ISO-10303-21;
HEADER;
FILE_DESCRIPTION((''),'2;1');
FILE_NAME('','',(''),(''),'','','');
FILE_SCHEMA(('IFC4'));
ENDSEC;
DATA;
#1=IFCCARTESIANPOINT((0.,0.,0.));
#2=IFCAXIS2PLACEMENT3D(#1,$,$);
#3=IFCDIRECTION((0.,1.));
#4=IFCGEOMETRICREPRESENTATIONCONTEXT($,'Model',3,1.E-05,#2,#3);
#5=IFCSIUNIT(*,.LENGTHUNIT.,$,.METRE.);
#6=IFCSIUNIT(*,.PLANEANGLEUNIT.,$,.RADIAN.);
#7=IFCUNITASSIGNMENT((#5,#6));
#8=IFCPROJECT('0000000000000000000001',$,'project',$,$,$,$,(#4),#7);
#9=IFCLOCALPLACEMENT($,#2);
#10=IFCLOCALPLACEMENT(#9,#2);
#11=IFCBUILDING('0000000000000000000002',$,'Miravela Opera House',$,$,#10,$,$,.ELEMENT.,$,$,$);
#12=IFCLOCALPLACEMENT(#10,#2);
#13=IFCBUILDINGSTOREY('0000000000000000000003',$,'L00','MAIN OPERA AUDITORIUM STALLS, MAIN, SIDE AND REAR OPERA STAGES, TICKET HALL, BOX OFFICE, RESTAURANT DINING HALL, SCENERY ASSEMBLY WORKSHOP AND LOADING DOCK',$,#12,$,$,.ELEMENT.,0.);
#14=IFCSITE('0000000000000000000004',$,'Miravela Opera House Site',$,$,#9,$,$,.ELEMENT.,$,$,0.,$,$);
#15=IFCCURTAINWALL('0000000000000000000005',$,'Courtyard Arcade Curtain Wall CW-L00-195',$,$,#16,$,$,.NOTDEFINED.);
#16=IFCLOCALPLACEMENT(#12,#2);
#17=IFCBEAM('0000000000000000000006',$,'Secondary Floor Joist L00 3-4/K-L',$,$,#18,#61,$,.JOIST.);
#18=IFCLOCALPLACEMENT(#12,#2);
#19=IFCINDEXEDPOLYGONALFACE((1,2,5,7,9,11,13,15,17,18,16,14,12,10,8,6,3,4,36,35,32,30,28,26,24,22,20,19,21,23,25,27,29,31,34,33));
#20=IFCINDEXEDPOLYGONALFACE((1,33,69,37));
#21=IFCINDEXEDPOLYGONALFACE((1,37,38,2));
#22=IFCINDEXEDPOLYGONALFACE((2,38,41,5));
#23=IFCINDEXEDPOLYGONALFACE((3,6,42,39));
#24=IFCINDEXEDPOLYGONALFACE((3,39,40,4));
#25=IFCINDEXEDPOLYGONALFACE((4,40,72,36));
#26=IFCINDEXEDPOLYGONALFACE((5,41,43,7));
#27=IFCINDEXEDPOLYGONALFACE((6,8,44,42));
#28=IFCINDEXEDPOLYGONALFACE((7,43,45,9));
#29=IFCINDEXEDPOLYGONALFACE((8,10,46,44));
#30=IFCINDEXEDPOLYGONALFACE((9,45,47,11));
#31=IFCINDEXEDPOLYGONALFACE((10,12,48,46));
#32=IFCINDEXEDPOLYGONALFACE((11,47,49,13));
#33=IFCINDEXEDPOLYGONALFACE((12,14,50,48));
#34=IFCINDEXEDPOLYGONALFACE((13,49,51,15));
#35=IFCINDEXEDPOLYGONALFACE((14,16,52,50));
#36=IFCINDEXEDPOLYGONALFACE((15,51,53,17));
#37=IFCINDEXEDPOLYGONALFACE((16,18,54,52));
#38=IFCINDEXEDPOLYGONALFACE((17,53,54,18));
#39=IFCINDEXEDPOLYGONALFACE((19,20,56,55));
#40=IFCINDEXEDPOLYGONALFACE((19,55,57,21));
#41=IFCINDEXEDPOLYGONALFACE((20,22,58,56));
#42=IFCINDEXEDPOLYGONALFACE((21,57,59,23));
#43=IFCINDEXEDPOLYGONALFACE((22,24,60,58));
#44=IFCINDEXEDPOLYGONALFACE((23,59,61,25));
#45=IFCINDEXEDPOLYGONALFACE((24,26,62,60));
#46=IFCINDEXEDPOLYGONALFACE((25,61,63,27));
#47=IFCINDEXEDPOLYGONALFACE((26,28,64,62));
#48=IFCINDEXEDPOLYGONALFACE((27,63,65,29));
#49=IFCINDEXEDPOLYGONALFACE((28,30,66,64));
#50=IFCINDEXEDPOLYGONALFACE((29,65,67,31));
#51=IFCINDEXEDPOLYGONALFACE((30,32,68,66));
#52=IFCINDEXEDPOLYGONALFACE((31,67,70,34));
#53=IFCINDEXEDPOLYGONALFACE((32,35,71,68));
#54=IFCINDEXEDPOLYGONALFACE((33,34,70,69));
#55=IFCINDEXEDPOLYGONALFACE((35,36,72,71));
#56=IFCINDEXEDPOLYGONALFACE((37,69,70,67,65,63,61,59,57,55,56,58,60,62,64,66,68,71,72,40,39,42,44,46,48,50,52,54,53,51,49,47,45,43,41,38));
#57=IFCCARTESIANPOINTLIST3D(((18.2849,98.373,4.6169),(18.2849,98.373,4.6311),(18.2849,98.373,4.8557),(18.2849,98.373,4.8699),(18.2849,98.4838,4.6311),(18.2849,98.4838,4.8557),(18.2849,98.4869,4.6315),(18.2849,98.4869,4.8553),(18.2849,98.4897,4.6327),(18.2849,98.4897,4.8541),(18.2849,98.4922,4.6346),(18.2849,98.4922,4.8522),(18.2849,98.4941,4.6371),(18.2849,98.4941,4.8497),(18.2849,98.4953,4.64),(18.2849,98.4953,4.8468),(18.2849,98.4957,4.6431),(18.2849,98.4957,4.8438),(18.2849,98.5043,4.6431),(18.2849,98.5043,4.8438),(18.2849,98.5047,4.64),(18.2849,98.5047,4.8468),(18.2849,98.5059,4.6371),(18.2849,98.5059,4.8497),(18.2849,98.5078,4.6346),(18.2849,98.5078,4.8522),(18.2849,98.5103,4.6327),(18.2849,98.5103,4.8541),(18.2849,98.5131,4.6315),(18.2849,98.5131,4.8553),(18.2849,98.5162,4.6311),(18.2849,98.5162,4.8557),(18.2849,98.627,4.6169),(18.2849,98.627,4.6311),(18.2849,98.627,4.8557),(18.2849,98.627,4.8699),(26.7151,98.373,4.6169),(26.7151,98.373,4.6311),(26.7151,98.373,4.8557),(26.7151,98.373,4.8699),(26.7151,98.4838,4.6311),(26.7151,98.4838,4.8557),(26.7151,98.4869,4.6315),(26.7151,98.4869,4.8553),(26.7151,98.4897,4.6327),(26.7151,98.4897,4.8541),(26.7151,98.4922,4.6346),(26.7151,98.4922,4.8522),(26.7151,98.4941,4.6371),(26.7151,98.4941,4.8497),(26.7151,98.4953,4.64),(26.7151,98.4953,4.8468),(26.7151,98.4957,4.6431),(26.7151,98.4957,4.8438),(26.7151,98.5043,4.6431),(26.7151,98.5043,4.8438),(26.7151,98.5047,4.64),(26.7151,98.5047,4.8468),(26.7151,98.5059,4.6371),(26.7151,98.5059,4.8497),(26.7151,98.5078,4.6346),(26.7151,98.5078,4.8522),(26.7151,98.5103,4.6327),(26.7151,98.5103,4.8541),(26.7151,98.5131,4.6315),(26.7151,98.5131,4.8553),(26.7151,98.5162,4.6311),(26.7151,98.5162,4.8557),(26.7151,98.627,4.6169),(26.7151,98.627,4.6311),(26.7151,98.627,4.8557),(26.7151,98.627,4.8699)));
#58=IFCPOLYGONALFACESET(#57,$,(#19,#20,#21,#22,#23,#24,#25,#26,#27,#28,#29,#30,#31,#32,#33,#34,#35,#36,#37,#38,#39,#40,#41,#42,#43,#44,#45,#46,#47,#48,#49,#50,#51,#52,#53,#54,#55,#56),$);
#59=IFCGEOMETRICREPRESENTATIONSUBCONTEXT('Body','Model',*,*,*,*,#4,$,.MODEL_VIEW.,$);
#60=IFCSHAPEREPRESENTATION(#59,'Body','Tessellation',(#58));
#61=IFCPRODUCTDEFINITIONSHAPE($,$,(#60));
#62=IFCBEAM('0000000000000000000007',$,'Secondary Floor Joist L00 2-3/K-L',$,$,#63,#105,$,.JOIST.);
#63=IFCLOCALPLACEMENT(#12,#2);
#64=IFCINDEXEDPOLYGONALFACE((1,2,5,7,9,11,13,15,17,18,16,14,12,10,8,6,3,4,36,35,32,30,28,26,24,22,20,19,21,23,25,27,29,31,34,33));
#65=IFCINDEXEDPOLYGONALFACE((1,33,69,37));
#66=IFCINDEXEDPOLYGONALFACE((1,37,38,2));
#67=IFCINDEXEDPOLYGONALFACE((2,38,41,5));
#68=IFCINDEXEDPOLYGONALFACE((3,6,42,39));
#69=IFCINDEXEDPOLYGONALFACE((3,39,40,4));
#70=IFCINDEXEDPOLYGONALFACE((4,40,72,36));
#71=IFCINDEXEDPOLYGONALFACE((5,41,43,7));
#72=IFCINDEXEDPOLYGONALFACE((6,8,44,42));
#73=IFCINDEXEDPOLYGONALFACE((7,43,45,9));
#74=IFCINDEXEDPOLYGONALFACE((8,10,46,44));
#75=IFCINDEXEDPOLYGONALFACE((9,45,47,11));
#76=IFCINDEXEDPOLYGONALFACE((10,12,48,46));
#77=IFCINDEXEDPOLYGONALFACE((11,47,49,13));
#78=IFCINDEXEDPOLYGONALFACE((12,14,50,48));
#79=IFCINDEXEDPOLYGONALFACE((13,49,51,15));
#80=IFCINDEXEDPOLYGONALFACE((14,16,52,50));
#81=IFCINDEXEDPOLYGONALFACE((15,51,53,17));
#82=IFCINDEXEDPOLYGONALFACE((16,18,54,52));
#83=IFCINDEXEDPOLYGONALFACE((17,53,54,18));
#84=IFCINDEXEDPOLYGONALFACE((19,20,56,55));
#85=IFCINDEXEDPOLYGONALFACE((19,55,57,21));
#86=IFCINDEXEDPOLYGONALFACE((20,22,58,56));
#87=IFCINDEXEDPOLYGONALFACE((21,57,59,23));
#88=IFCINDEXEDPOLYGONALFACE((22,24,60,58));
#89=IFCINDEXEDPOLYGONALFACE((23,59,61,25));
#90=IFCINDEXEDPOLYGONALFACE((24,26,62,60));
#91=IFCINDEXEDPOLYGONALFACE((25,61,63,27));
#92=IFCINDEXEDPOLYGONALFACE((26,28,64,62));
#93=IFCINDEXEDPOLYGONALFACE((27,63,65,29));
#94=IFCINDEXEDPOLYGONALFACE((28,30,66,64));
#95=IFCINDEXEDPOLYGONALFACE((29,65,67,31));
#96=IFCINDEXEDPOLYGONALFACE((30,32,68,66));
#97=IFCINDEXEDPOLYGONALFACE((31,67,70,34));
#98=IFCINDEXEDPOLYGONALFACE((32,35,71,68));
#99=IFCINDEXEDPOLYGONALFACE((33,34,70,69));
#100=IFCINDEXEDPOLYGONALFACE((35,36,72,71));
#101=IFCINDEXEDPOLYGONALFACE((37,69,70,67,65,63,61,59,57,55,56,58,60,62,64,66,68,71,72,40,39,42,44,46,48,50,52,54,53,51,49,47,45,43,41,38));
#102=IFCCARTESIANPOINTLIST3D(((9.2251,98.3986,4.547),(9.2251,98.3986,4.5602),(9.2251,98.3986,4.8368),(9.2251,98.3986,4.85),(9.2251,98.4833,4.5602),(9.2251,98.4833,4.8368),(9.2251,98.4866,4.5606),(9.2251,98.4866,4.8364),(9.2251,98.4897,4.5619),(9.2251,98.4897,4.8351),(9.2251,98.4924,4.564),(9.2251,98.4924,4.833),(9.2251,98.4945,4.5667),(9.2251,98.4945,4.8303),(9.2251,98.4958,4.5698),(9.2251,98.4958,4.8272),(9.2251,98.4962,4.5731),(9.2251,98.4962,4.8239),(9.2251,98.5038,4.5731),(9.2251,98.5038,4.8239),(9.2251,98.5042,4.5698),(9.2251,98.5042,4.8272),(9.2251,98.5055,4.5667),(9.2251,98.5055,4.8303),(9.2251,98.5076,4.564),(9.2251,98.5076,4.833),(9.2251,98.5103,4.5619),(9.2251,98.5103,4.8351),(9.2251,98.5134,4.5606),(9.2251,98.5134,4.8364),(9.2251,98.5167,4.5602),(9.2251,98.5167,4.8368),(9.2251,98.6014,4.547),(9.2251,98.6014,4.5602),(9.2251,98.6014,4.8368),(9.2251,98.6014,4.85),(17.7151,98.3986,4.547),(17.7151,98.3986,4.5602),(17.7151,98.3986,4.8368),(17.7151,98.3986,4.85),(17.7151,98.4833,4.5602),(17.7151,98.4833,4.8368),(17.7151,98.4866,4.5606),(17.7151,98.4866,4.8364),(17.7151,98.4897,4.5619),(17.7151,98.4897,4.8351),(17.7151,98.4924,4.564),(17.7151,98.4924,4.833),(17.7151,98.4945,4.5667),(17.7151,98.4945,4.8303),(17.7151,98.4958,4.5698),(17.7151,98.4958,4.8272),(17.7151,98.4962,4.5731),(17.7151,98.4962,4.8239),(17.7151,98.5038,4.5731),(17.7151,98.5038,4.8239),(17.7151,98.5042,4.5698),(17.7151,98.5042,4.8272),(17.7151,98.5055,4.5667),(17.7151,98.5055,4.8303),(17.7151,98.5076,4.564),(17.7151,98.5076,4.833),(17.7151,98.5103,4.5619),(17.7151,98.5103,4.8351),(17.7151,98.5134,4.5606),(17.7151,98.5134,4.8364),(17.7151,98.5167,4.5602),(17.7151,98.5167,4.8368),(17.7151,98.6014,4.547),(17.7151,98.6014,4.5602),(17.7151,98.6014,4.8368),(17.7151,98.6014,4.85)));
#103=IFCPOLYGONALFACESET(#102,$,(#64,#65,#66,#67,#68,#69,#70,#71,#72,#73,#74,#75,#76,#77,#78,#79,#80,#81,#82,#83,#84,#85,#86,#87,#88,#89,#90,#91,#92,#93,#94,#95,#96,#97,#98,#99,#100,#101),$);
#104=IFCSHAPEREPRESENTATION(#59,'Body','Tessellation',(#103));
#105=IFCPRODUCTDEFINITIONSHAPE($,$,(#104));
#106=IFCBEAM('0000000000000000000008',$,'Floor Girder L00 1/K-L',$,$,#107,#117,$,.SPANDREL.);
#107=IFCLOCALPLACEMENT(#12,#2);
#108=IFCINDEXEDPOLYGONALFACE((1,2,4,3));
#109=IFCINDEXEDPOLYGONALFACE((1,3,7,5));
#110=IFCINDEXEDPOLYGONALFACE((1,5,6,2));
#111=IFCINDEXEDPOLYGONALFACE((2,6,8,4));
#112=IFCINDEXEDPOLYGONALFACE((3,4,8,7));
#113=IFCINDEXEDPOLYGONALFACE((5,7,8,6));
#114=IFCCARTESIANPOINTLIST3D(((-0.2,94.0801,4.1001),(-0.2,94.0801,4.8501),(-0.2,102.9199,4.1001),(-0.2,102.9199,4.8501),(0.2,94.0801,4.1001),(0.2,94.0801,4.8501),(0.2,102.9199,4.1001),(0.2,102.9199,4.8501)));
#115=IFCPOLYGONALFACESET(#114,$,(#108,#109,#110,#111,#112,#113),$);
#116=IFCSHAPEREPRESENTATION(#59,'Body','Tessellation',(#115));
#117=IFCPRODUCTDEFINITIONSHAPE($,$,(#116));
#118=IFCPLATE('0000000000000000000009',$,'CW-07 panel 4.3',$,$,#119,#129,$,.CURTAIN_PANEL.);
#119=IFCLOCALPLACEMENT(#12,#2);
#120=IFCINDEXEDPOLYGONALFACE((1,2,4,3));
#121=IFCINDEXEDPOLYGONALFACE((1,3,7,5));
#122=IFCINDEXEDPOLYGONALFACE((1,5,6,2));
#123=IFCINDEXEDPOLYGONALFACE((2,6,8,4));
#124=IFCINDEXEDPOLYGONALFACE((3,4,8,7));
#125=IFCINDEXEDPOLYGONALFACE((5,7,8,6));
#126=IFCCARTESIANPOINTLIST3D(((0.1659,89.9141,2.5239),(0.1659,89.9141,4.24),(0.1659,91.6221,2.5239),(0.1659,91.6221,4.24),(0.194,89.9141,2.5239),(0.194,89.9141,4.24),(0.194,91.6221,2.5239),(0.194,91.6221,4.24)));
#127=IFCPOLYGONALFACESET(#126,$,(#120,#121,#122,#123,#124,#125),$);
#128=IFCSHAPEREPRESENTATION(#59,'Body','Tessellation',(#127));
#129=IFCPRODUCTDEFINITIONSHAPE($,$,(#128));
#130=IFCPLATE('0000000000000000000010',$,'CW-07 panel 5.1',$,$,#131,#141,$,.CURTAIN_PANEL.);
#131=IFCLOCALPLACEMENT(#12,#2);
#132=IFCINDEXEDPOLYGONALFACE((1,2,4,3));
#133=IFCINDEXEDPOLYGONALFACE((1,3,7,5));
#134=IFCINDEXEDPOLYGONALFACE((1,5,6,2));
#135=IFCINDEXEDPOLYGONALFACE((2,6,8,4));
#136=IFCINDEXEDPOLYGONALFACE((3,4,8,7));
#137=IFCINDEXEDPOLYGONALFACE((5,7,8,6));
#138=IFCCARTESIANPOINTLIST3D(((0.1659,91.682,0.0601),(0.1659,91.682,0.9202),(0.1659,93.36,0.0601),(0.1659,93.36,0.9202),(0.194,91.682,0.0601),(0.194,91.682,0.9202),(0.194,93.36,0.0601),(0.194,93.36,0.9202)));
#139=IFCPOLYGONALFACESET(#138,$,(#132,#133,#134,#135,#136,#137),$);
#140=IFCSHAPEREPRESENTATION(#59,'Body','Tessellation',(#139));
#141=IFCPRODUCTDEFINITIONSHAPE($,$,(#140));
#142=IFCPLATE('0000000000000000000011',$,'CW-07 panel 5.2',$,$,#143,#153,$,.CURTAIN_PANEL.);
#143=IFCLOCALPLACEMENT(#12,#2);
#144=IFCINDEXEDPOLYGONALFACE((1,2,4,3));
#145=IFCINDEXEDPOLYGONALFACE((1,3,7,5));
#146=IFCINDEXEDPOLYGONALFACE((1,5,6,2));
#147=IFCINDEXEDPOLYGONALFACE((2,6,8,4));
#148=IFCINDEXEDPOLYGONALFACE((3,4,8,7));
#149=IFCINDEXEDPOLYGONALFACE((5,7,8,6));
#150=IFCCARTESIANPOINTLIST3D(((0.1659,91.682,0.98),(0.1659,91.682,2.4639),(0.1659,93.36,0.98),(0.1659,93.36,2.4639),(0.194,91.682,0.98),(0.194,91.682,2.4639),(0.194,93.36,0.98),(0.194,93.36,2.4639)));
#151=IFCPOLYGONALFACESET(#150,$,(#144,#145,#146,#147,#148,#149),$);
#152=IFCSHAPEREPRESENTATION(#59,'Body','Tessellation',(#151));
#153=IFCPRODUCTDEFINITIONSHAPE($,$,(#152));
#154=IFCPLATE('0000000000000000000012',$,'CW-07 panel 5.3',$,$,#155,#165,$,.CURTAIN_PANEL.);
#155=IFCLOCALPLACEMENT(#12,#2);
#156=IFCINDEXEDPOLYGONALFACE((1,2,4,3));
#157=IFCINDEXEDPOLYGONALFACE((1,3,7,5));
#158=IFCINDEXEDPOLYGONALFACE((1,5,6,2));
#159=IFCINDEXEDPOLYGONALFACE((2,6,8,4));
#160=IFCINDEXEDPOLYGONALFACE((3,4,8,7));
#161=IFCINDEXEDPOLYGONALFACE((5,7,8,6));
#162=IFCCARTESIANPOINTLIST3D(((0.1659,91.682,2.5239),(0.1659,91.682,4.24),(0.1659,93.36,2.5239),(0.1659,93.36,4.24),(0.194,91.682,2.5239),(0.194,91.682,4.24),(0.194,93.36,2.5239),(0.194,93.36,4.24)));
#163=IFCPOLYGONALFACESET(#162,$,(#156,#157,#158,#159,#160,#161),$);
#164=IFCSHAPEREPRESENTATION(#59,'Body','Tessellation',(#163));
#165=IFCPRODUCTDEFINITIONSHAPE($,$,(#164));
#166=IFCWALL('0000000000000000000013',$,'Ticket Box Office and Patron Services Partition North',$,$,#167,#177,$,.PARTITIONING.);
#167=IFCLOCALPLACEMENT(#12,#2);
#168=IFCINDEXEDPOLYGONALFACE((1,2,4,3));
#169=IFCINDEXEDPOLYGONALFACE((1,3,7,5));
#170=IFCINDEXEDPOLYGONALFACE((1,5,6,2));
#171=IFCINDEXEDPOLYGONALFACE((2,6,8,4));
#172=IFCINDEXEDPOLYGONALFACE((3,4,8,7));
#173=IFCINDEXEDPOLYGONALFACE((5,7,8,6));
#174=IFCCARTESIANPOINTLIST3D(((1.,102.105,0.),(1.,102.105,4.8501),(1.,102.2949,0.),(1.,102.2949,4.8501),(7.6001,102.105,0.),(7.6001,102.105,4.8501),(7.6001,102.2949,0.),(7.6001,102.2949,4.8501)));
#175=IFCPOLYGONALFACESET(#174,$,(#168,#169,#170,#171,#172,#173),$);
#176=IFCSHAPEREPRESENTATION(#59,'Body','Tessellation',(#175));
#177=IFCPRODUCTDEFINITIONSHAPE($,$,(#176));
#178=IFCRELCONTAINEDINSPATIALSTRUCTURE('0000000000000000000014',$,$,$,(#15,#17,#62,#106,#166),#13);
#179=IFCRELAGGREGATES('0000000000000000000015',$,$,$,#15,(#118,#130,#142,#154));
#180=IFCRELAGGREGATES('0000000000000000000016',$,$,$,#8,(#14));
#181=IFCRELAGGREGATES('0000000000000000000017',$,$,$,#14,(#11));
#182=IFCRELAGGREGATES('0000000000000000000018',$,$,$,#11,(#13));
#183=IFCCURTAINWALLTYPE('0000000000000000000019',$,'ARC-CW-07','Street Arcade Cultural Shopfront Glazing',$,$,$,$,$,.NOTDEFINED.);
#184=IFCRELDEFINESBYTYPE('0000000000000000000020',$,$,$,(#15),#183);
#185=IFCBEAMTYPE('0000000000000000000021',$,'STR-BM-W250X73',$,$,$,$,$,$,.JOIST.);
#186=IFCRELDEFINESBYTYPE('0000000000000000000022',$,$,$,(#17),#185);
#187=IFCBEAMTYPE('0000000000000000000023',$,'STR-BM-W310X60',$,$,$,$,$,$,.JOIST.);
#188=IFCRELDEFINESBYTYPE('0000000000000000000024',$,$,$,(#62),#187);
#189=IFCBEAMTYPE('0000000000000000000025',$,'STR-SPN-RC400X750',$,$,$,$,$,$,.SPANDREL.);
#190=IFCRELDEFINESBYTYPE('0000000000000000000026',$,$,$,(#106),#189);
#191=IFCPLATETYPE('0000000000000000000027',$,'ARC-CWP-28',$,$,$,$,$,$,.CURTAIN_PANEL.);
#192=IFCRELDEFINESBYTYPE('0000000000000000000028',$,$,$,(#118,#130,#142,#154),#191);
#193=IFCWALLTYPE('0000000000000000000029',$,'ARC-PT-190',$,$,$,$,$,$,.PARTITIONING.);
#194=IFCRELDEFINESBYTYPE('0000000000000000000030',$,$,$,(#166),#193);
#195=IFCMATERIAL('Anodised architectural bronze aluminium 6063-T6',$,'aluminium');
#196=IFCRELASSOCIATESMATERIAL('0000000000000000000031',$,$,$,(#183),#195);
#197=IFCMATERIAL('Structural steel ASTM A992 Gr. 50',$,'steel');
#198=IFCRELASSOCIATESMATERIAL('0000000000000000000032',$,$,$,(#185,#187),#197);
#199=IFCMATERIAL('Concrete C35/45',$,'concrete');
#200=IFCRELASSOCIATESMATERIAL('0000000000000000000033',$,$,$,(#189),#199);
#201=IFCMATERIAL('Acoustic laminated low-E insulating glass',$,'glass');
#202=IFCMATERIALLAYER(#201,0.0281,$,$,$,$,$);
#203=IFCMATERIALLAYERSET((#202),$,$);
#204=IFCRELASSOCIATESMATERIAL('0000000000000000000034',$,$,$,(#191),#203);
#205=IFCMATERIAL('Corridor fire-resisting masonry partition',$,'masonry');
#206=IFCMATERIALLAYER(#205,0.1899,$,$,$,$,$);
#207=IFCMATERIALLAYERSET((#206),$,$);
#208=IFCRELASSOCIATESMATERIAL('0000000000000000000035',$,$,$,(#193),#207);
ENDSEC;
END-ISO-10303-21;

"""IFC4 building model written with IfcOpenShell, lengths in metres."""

from ifc_helpers import new_model, si_unit, direction, frame, frame_2d, origin, origin_2d, place, context, subcontext, project, spatial, rectangle, i_section, extrude, material, layer, layer_set, material_profile, profile_set, type_object, element, aggregate, save


model = new_model("IFC4")

# Units and contexts
model_context = context("Model", 3, precision=1e-05, world=origin(), true_north=direction((0.0, 1.0)))
body_context = subcontext(model_context, "Body", "Model", "MODEL_VIEW")
ifc_project = project(units=[si_unit("LENGTHUNIT", "METRE"), si_unit("PLANEANGLEUNIT", "RADIAN")], contexts=[model_context])

# Site, building, storey
site_placement = place(None, origin())
site = spatial("IfcSite", under=ifc_project, at=site_placement, Name="Miravela Opera House Site", CompositionType="ELEMENT", RefElevation=0.0)
building_placement = place(site_placement, origin())
building = spatial("IfcBuilding", under=site, at=building_placement, Name="Miravela Opera House", CompositionType="ELEMENT")
storey_placement = place(building_placement, origin())
storey = spatial("IfcBuildingStorey", under=building, at=storey_placement, Name="L00", Description="MAIN OPERA AUDITORIUM STALLS, MAIN, SIDE AND REAR OPERA STAGES, TICKET HALL, BOX OFFICE, RESTAURANT DINING HALL, SCENERY ASSEMBLY WORKSHOP AND LOADING DOCK", CompositionType="ELEMENT", Elevation=0.0)

# Shared definitions
ifc_material_1 = material(Name="Concrete C35/45", Category="concrete")

# Curtain wall
ifc_material_2 = material(Name="Anodised architectural bronze aluminium 6063-T6", Category="aluminium")
curtain_wall_type = type_object("IfcCurtainWallType", Name="ARC-CW-07", Description="Street Arcade Cultural Shopfront Glazing", PredefinedType="NOTDEFINED", material=ifc_material_2)
curtain_wall_placement = place(storey_placement, origin())
curtain_wall = element("IfcCurtainWall", 1, at=curtain_wall_placement, inside=storey, type_object=curtain_wall_type, Name="Courtyard Arcade Curtain Wall CW-L00-195", PredefinedType="NOTDEFINED")

# Beams
ifc_material_3 = material(Name="Structural steel ASTM A992 Gr. 50", Category="steel")
ifc_material_profile_1 = material_profile(ifc_material_3, i_section(OverallWidth=0.2539, OverallDepth=0.2529, WebThickness=0.0085, FlangeThickness=0.0142, FilletRadius=0.012, at=origin_2d()), Name="W250X73")
ifc_profile_set_1 = profile_set([ifc_material_profile_1])
beam_type_1 = type_object("IfcBeamType", Name="STR-BM-W250X73", PredefinedType="JOIST", material=ifc_profile_set_1)
beam_1_placement = place(storey_placement, frame((18.2849, 98.5, 4.7434), z_axis=(1.0, 0.0, 0.0), x_axis=(0.0, 1.0, 0.0)))
element("IfcBeam", 2, at=beam_1_placement, inside=storey, type_object=beam_type_1, Name="Secondary Floor Joist L00 3-4/K-L", PredefinedType="JOIST", context=body_context, shape_type="SweptSolid", body=[
    extrude(i_section(OverallWidth=0.2539, OverallDepth=0.2529, WebThickness=0.0085, FlangeThickness=0.0142, FilletRadius=0.012, at=origin_2d()), origin(), (0.0, 0.0, 1.0), 8.4302),
])
ifc_material_profile_2 = material_profile(ifc_material_3, i_section(OverallWidth=0.2029, OverallDepth=0.303, WebThickness=0.0076, FlangeThickness=0.0132, FilletRadius=0.0129, at=origin_2d()), Name="W310X60")
ifc_profile_set_2 = profile_set([ifc_material_profile_2])
beam_type_2 = type_object("IfcBeamType", Name="STR-BM-W310X60", PredefinedType="JOIST", material=ifc_profile_set_2)
beam_2_placement = place(storey_placement, frame((9.2251, 98.5, 4.6985), z_axis=(1.0, 0.0, 0.0), x_axis=(0.0, 1.0, 0.0)))
element("IfcBeam", 3, at=beam_2_placement, inside=storey, type_object=beam_type_2, Name="Secondary Floor Joist L00 2-3/K-L", PredefinedType="JOIST", context=body_context, shape_type="SweptSolid", body=[
    extrude(i_section(OverallWidth=0.2029, OverallDepth=0.303, WebThickness=0.0076, FlangeThickness=0.0132, FilletRadius=0.0129, at=origin_2d()), origin(), (0.0, 0.0, 1.0), 8.49),
])
ifc_material_profile_3 = material_profile(ifc_material_1, rectangle(XDim=0.3999, YDim=0.75, at=origin_2d()), Name="RC-SPN-400X750")
ifc_profile_set_3 = profile_set([ifc_material_profile_3])
beam_type_3 = type_object("IfcBeamType", Name="STR-SPN-RC400X750", PredefinedType="SPANDREL", material=ifc_profile_set_3)
beam_3_placement = place(storey_placement, frame((0.0, 94.0801, 4.4751), z_axis=(0.0, 1.0, 0.0), x_axis=(-1.0, 0.0, 0.0)))
element("IfcBeam", 4, at=beam_3_placement, inside=storey, type_object=beam_type_3, Name="Floor Girder L00 1/K-L", PredefinedType="SPANDREL", context=body_context, shape_type="SweptSolid", body=[
    extrude(rectangle(XDim=0.3999, YDim=0.75, at=origin_2d()), origin(), (0.0, 0.0, 1.0), 8.8398),
])

# Plates
ifc_material_4 = material(Name="Acoustic laminated low-E insulating glass", Category="glass")
ifc_layer_1 = layer(ifc_material_4, 0.0281)
ifc_layer_set_1 = layer_set([ifc_layer_1])
plate_type = type_object("IfcPlateType", Name="ARC-CWP-28", PredefinedType="CURTAIN_PANEL", material=ifc_layer_set_1)
plate_1_placement = place(storey_placement, frame((0.1799, 90.7681, 2.5239), z_axis=(0.0, 0.0, 1.0), x_axis=(0.0, 1.0, 0.0)))
plate_1 = element("IfcPlate", 5, at=plate_1_placement, type_object=plate_type, Name="CW-07 panel 4.3", PredefinedType="CURTAIN_PANEL", context=body_context, shape_type="SweptSolid", body=[
    extrude(rectangle(XDim=1.708, YDim=0.0281, at=origin_2d()), origin(), (0.0, 0.0, 1.0), 1.7161),
])
plate_2_placement = place(storey_placement, frame((0.1799, 92.521, 0.0601), z_axis=(0.0, 0.0, 1.0), x_axis=(0.0, 1.0, 0.0)))
plate_2 = element("IfcPlate", 6, at=plate_2_placement, type_object=plate_type, Name="CW-07 panel 5.1", PredefinedType="CURTAIN_PANEL", context=body_context, shape_type="SweptSolid", body=[
    extrude(rectangle(XDim=1.678, YDim=0.0281, at=origin_2d()), origin(), (0.0, 0.0, 1.0), 0.8601),
])
plate_3_placement = place(storey_placement, frame((0.1799, 92.521, 0.98), z_axis=(0.0, 0.0, 1.0), x_axis=(0.0, 1.0, 0.0)))
plate_3 = element("IfcPlate", 7, at=plate_3_placement, type_object=plate_type, Name="CW-07 panel 5.2", PredefinedType="CURTAIN_PANEL", context=body_context, shape_type="SweptSolid", body=[
    extrude(rectangle(XDim=1.678, YDim=0.0281, at=origin_2d()), origin(), (0.0, 0.0, 1.0), 1.4839),
])
plate_4_placement = place(storey_placement, frame((0.1799, 92.521, 2.5239), z_axis=(0.0, 0.0, 1.0), x_axis=(0.0, 1.0, 0.0)))
plate_4 = element("IfcPlate", 8, at=plate_4_placement, type_object=plate_type, Name="CW-07 panel 5.3", PredefinedType="CURTAIN_PANEL", context=body_context, shape_type="SweptSolid", body=[
    extrude(rectangle(XDim=1.678, YDim=0.0281, at=origin_2d()), origin(), (0.0, 0.0, 1.0), 1.7161),
])
aggregate(curtain_wall, [plate_1, plate_2, plate_3, plate_4])

# Wall
ifc_material_5 = material(Name="Corridor fire-resisting masonry partition", Category="masonry")
ifc_layer_2 = layer(ifc_material_5, 0.1899)
ifc_layer_set_2 = layer_set([ifc_layer_2])
wall_type = type_object("IfcWallType", Name="ARC-PT-190", PredefinedType="PARTITIONING", material=ifc_layer_set_2)
wall_placement = place(storey_placement, frame((1.0, 102.2, 0.0), z_axis=(0.0, 0.0, 1.0), x_axis=(1.0, 0.0, 0.0)))
element("IfcWall", 9, at=wall_placement, inside=storey, type_object=wall_type, Name="Ticket Box Office and Patron Services Partition North", PredefinedType="PARTITIONING", context=body_context, shape_type="SweptSolid", body=[
    extrude(rectangle(XDim=6.6001, YDim=0.1899, at=frame_2d((3.3, 0.0))), origin(), (0.0, 0.0, 1.0), 4.8501),
])

save(model, "model.ifc")
